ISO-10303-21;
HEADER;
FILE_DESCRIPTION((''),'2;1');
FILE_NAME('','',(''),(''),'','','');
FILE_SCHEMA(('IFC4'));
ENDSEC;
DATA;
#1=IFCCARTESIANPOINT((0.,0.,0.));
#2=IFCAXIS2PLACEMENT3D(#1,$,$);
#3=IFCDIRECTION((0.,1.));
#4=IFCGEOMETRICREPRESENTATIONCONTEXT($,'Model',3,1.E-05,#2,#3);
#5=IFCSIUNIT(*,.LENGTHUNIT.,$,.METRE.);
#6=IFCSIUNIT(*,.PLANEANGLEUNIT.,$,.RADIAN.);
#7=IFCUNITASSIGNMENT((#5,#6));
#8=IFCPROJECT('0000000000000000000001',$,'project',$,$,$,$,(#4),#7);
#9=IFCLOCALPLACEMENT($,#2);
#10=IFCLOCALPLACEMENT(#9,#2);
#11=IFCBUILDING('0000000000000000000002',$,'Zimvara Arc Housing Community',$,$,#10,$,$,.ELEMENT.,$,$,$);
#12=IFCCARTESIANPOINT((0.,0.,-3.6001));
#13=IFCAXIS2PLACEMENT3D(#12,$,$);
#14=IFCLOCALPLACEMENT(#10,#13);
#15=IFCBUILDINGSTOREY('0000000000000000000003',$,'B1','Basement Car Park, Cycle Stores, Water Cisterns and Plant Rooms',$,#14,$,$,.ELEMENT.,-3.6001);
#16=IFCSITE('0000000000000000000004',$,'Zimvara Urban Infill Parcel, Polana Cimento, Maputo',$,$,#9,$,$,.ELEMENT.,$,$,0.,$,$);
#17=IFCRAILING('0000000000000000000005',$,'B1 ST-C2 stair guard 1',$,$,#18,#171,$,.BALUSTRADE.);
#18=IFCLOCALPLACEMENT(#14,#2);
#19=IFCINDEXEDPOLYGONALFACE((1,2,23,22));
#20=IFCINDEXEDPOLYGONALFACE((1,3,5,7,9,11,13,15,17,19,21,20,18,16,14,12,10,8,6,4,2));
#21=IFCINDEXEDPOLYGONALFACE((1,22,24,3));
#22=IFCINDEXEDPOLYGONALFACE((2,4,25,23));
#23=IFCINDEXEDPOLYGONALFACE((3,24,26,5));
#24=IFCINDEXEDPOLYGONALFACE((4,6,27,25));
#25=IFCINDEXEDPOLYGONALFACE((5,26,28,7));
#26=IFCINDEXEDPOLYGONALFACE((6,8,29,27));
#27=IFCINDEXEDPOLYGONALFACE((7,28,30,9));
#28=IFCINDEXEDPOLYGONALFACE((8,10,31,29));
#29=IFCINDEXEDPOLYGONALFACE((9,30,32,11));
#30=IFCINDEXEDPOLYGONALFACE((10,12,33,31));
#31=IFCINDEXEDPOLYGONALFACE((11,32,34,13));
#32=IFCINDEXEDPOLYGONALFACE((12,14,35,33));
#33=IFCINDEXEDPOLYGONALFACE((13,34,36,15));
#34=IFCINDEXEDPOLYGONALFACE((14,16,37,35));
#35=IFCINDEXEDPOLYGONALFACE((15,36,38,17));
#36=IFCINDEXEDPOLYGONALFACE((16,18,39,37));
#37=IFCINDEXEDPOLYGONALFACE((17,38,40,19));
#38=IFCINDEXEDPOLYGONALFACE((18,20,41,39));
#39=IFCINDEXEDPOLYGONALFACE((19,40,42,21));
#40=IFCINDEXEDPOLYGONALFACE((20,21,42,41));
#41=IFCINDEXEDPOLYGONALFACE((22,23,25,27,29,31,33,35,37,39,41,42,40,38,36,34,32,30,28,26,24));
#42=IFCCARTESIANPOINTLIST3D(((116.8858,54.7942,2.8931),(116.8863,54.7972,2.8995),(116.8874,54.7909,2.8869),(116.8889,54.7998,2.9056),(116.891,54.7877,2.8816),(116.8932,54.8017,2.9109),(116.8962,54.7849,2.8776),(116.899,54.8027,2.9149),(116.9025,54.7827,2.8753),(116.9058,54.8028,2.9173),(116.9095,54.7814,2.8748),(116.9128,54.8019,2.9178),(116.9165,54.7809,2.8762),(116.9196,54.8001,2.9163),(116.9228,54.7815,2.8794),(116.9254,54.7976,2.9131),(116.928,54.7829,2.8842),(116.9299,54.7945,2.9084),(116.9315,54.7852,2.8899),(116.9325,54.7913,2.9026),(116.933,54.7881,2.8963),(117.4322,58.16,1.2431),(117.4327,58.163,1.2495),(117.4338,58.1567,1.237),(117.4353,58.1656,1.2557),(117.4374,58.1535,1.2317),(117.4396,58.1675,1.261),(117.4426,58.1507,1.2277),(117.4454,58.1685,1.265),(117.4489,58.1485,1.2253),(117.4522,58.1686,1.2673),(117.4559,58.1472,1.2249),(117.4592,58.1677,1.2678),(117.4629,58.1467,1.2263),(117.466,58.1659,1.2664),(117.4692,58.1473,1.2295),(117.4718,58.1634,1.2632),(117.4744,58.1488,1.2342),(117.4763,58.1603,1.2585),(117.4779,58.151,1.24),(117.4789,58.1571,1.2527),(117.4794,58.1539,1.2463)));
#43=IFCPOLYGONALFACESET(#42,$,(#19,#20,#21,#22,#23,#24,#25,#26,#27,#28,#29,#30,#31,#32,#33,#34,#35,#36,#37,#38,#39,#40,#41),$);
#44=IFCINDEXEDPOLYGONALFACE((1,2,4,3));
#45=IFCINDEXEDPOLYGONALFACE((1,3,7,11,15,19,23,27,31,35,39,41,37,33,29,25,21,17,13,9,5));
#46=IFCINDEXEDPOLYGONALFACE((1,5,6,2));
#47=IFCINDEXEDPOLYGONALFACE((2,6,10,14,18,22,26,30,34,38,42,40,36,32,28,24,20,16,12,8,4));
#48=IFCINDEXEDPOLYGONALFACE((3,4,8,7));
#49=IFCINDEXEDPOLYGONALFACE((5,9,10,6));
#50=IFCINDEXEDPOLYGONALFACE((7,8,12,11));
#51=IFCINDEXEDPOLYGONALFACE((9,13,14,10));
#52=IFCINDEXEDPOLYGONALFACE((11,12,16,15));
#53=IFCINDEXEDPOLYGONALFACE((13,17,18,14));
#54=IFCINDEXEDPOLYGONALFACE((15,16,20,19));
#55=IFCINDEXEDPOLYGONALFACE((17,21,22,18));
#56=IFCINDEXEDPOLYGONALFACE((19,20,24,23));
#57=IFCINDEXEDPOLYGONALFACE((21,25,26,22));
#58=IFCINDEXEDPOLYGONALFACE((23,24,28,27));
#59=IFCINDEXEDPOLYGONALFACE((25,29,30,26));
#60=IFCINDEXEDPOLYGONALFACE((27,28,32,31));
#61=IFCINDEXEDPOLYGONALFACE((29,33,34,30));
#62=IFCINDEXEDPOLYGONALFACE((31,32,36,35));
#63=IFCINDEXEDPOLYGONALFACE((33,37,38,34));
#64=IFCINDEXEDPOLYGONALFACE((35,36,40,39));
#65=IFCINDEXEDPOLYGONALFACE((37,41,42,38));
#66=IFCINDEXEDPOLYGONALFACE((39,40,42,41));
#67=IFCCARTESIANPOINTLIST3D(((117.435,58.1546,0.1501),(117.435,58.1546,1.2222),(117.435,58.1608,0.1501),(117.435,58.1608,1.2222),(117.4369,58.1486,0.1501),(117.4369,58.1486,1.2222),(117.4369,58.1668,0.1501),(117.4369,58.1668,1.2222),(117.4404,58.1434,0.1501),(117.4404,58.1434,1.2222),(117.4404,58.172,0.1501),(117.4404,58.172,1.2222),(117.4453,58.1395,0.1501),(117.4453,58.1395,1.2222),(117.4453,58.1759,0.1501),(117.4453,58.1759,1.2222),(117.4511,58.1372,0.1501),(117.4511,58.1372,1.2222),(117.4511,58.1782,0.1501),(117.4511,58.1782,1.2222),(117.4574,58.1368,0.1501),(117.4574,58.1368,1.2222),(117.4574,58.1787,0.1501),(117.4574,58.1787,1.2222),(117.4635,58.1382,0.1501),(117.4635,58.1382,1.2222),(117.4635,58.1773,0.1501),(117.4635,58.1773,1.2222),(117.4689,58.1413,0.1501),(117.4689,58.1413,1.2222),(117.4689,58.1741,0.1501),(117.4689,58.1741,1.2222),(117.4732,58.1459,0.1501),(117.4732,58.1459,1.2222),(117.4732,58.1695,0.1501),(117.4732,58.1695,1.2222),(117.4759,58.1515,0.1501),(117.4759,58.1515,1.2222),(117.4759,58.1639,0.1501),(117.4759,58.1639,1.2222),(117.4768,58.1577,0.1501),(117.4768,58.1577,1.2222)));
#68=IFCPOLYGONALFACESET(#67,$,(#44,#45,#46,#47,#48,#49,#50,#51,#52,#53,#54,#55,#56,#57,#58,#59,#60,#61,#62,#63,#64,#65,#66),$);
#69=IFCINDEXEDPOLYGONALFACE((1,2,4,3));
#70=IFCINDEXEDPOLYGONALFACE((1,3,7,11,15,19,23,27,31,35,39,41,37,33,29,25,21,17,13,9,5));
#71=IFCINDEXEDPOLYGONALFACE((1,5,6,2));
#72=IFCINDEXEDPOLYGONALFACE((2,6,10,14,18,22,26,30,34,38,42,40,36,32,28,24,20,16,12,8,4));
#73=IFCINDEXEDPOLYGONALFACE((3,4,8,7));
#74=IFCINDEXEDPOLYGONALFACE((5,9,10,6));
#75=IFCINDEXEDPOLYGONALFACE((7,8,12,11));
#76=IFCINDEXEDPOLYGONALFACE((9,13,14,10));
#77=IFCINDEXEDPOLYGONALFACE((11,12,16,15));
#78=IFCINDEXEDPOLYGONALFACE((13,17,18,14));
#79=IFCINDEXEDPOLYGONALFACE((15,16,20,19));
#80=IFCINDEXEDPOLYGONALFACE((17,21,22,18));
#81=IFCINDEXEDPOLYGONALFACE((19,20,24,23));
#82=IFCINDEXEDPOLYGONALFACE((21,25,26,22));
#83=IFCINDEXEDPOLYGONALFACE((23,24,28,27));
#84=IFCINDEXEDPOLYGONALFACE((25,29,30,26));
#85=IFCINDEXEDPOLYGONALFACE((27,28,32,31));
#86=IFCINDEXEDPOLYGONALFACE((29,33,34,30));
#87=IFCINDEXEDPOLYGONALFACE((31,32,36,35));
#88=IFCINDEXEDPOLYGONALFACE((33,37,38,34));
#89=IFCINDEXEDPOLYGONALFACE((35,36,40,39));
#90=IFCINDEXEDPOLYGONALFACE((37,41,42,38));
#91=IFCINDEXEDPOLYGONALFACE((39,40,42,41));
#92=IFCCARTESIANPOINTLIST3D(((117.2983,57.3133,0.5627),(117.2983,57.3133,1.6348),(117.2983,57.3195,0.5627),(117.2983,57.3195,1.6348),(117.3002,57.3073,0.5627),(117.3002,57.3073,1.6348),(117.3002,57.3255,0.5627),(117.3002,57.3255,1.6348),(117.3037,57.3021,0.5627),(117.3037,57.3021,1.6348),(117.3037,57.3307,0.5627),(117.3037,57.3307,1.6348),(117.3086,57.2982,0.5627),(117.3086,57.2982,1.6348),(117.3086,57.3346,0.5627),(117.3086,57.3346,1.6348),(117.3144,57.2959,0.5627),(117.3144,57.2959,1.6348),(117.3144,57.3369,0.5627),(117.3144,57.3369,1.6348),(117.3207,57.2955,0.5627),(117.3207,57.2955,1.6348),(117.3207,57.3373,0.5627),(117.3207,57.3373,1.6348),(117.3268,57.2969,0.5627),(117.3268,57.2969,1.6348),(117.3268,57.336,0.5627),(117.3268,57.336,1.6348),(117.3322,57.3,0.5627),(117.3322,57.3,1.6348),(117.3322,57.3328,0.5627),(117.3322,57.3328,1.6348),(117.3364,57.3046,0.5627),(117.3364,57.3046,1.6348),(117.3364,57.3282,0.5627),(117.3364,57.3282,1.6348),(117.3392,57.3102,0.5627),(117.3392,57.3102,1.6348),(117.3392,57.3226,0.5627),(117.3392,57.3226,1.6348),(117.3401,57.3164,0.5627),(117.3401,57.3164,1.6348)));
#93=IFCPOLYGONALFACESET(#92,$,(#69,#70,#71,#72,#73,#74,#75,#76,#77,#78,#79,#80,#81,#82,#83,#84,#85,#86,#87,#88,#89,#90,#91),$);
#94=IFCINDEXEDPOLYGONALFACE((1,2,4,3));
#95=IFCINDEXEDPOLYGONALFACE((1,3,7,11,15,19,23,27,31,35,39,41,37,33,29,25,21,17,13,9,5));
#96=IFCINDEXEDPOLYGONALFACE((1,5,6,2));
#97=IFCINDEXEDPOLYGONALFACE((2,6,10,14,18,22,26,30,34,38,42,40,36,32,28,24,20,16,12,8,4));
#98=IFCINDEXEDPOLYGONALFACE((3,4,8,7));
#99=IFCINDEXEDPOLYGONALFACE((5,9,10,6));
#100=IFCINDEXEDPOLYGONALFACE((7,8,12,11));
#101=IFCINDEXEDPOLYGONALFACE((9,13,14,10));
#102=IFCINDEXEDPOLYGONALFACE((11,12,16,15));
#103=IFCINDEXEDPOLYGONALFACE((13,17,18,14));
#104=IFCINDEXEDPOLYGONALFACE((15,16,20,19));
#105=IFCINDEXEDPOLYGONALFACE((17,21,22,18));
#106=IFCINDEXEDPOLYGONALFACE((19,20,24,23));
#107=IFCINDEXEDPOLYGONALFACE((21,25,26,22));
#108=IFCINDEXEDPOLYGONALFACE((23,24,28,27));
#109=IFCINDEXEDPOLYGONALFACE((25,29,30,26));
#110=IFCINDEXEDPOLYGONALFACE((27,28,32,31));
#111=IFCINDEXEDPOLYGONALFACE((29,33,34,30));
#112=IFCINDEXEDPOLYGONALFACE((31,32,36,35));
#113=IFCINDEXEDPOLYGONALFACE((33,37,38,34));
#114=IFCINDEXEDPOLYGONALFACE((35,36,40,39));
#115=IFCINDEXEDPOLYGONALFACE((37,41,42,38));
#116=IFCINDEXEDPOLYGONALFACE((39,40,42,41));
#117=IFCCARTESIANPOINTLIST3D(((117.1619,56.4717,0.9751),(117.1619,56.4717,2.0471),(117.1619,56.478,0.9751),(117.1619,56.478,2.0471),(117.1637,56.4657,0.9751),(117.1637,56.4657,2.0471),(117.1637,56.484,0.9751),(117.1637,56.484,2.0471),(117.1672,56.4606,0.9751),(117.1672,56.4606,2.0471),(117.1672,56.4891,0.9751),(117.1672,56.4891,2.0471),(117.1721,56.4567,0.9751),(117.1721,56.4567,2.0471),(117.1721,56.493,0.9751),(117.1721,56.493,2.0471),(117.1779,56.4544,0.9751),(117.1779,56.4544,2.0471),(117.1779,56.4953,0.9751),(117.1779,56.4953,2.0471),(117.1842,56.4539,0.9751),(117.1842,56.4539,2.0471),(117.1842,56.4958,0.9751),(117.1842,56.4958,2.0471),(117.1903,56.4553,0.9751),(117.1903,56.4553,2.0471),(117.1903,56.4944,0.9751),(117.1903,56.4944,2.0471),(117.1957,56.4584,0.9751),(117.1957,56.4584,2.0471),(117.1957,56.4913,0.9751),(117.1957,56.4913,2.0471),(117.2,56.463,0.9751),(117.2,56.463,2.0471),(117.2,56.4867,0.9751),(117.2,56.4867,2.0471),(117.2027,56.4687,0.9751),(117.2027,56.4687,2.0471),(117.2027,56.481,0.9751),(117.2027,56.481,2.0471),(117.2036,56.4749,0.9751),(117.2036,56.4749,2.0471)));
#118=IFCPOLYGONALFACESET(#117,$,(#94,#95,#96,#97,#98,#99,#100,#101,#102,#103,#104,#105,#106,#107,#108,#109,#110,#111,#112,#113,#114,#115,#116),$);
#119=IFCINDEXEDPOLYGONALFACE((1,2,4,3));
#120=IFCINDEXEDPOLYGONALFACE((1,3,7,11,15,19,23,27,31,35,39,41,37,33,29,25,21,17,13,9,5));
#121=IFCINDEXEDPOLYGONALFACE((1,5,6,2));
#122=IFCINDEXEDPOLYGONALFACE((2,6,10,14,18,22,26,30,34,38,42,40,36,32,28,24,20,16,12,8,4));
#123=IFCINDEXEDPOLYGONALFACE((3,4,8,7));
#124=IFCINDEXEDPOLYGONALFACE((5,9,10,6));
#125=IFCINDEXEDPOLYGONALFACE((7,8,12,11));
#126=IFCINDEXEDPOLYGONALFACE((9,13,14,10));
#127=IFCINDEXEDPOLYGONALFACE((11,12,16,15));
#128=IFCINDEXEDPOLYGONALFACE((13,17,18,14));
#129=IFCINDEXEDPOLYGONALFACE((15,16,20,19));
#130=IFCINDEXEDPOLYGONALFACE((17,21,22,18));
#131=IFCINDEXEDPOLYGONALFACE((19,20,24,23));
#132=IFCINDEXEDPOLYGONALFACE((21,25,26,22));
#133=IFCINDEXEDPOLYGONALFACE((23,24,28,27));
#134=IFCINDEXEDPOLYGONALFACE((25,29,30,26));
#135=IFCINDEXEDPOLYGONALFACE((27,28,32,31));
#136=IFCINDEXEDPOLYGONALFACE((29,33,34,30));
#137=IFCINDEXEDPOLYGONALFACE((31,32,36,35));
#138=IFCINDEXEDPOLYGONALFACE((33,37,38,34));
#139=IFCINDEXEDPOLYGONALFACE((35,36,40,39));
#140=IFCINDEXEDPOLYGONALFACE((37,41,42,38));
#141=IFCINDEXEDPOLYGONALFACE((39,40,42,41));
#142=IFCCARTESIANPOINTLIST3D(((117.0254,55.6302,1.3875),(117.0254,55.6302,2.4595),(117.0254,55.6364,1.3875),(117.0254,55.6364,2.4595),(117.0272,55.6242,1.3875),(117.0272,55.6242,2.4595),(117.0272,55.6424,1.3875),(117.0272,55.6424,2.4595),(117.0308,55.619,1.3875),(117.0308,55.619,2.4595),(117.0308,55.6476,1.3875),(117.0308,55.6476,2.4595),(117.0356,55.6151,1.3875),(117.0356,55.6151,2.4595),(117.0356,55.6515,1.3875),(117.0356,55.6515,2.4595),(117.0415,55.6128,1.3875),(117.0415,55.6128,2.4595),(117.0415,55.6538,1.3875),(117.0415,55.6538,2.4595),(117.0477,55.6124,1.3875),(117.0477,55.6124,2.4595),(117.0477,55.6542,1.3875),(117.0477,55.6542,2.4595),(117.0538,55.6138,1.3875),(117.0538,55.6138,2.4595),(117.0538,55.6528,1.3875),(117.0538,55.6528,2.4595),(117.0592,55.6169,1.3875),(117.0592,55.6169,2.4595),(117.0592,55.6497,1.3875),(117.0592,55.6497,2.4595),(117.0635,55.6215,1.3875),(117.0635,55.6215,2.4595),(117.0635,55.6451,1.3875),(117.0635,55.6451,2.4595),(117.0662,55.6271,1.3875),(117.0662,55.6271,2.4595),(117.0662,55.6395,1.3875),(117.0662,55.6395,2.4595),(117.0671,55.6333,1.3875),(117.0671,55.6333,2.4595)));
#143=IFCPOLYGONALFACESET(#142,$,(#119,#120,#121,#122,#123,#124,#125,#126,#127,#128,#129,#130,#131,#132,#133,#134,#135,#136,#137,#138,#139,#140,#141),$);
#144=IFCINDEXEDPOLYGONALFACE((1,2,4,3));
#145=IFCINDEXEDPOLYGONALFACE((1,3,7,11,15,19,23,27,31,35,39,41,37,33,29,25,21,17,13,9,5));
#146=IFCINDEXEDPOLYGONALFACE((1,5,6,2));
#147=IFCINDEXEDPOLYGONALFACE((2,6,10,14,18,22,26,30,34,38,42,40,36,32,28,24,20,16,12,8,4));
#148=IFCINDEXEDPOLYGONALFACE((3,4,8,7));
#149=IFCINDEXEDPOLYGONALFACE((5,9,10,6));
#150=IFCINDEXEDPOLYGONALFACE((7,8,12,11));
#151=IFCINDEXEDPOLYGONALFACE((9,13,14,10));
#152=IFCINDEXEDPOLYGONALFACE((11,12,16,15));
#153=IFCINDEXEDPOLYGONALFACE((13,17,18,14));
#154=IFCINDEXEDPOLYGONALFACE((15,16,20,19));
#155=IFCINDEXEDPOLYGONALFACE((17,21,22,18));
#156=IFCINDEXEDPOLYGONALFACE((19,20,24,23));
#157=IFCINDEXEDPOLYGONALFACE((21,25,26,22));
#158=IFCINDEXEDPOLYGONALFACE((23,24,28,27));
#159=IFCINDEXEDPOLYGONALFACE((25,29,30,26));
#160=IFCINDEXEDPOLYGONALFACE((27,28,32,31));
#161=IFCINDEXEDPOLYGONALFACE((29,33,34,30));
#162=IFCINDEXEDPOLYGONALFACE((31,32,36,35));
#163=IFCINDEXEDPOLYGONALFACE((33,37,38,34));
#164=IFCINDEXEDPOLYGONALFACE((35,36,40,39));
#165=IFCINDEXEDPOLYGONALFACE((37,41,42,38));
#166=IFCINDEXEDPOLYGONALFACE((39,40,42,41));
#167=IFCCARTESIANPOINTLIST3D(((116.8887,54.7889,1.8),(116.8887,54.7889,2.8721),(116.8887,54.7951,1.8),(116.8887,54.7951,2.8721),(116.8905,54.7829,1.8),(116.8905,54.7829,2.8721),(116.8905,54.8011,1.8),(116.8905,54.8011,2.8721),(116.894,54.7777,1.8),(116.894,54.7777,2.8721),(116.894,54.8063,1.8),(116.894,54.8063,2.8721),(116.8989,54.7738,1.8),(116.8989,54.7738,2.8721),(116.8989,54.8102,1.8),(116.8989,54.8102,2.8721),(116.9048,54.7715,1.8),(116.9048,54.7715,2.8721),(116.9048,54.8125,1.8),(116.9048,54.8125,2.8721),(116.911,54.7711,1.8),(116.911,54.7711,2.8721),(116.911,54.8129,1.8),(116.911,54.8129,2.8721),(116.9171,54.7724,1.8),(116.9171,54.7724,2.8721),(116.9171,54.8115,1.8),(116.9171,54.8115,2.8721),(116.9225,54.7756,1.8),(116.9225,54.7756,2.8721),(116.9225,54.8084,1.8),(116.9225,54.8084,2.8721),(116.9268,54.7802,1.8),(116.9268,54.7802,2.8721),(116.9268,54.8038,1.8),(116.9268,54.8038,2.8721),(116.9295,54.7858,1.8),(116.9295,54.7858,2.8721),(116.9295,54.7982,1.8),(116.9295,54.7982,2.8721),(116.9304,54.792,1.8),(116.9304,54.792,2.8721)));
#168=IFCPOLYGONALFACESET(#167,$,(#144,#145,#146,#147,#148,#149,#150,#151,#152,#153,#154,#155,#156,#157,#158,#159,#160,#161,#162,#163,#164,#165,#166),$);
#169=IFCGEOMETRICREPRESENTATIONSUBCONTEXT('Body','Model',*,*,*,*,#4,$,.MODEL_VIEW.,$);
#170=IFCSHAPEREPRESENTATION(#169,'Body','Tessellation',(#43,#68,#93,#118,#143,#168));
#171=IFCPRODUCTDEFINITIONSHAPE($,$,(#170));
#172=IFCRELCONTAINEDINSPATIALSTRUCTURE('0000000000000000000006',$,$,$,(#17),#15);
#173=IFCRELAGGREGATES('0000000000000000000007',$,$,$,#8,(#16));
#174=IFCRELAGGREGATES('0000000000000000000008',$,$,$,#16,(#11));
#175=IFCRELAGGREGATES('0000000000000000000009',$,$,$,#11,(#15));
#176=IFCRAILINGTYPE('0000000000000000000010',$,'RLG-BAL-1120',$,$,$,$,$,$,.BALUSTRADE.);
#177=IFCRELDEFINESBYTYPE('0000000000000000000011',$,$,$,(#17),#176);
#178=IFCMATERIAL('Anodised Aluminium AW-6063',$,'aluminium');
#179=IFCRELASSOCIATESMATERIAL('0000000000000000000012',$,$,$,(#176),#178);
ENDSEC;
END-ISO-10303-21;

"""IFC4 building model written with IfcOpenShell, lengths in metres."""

from ifc_helpers import new_model, si_unit, direction, frame, origin, origin_2d, place, context, subcontext, project, spatial, circle, extrude, material, type_object, element, save


model = new_model("IFC4")

# Units and contexts
model_context = context("Model", 3, precision=1e-05, world=origin(), true_north=direction((0.0, 1.0)))
body_context = subcontext(model_context, "Body", "Model", "MODEL_VIEW")
ifc_project = project(units=[si_unit("LENGTHUNIT", "METRE"), si_unit("PLANEANGLEUNIT", "RADIAN")], contexts=[model_context])

# Site, building, storey
site_placement = place(None, origin())
site = spatial("IfcSite", under=ifc_project, at=site_placement, Name="Zimvara Urban Infill Parcel, Polana Cimento, Maputo", CompositionType="ELEMENT", RefElevation=0.0)
building_placement = place(site_placement, origin())
building = spatial("IfcBuilding", under=site, at=building_placement, Name="Zimvara Arc Housing Community", CompositionType="ELEMENT")
storey_placement = place(building_placement, frame((0.0, 0.0, -3.6001)))
storey = spatial("IfcBuildingStorey", under=building, at=storey_placement, Name="B1", Description="Basement Car Park, Cycle Stores, Water Cisterns and Plant Rooms", CompositionType="ELEMENT", Elevation=-3.6001)

# Railing
ifc_material_1 = material(Name="Anodised Aluminium AW-6063", Category="aluminium")
railing_type_1 = type_object("IfcRailingType", Name="RLG-BAL-1120", PredefinedType="BALUSTRADE", material=ifc_material_1)
railing_1_placement = place(storey_placement, frame((117.4558, 58.1577, 0.1501)))
element("IfcRailing", 1, at=railing_1_placement, inside=storey, type_object=railing_type_1, Name="B1 ST-C2 stair guard 1", PredefinedType="BALUSTRADE", context=body_context, shape_type="SweptSolid", body=[
    extrude(circle(Radius=0.0239, at=origin_2d()), frame((0.0, 0.0, 1.0962), z_axis=(-0.144242, -0.888527, 0.435562), x_axis=(0.987078, -0.160241, 0.0)), (0.0, 0.0, 1.0), 3.7881),
    extrude(circle(Radius=0.021, at=origin_2d()), origin(), (0.0, 0.0, 1.0), 1.072),
    extrude(circle(Radius=0.021, at=origin_2d()), frame((-0.1367, -0.8413, 0.4126)), (0.0, 0.0, 1.0), 1.072),
    extrude(circle(Radius=0.021, at=origin_2d()), frame((-0.2732, -1.6829, 0.825)), (0.0, 0.0, 1.0), 1.072),
    extrude(circle(Radius=0.021, at=origin_2d()), frame((-0.4097, -2.5244, 1.2373)), (0.0, 0.0, 1.0), 1.072),
    extrude(circle(Radius=0.021, at=origin_2d()), frame((-0.5464, -3.3657, 1.6499)), (0.0, 0.0, 1.0), 1.072),
])

save(model, "model.ifc")
